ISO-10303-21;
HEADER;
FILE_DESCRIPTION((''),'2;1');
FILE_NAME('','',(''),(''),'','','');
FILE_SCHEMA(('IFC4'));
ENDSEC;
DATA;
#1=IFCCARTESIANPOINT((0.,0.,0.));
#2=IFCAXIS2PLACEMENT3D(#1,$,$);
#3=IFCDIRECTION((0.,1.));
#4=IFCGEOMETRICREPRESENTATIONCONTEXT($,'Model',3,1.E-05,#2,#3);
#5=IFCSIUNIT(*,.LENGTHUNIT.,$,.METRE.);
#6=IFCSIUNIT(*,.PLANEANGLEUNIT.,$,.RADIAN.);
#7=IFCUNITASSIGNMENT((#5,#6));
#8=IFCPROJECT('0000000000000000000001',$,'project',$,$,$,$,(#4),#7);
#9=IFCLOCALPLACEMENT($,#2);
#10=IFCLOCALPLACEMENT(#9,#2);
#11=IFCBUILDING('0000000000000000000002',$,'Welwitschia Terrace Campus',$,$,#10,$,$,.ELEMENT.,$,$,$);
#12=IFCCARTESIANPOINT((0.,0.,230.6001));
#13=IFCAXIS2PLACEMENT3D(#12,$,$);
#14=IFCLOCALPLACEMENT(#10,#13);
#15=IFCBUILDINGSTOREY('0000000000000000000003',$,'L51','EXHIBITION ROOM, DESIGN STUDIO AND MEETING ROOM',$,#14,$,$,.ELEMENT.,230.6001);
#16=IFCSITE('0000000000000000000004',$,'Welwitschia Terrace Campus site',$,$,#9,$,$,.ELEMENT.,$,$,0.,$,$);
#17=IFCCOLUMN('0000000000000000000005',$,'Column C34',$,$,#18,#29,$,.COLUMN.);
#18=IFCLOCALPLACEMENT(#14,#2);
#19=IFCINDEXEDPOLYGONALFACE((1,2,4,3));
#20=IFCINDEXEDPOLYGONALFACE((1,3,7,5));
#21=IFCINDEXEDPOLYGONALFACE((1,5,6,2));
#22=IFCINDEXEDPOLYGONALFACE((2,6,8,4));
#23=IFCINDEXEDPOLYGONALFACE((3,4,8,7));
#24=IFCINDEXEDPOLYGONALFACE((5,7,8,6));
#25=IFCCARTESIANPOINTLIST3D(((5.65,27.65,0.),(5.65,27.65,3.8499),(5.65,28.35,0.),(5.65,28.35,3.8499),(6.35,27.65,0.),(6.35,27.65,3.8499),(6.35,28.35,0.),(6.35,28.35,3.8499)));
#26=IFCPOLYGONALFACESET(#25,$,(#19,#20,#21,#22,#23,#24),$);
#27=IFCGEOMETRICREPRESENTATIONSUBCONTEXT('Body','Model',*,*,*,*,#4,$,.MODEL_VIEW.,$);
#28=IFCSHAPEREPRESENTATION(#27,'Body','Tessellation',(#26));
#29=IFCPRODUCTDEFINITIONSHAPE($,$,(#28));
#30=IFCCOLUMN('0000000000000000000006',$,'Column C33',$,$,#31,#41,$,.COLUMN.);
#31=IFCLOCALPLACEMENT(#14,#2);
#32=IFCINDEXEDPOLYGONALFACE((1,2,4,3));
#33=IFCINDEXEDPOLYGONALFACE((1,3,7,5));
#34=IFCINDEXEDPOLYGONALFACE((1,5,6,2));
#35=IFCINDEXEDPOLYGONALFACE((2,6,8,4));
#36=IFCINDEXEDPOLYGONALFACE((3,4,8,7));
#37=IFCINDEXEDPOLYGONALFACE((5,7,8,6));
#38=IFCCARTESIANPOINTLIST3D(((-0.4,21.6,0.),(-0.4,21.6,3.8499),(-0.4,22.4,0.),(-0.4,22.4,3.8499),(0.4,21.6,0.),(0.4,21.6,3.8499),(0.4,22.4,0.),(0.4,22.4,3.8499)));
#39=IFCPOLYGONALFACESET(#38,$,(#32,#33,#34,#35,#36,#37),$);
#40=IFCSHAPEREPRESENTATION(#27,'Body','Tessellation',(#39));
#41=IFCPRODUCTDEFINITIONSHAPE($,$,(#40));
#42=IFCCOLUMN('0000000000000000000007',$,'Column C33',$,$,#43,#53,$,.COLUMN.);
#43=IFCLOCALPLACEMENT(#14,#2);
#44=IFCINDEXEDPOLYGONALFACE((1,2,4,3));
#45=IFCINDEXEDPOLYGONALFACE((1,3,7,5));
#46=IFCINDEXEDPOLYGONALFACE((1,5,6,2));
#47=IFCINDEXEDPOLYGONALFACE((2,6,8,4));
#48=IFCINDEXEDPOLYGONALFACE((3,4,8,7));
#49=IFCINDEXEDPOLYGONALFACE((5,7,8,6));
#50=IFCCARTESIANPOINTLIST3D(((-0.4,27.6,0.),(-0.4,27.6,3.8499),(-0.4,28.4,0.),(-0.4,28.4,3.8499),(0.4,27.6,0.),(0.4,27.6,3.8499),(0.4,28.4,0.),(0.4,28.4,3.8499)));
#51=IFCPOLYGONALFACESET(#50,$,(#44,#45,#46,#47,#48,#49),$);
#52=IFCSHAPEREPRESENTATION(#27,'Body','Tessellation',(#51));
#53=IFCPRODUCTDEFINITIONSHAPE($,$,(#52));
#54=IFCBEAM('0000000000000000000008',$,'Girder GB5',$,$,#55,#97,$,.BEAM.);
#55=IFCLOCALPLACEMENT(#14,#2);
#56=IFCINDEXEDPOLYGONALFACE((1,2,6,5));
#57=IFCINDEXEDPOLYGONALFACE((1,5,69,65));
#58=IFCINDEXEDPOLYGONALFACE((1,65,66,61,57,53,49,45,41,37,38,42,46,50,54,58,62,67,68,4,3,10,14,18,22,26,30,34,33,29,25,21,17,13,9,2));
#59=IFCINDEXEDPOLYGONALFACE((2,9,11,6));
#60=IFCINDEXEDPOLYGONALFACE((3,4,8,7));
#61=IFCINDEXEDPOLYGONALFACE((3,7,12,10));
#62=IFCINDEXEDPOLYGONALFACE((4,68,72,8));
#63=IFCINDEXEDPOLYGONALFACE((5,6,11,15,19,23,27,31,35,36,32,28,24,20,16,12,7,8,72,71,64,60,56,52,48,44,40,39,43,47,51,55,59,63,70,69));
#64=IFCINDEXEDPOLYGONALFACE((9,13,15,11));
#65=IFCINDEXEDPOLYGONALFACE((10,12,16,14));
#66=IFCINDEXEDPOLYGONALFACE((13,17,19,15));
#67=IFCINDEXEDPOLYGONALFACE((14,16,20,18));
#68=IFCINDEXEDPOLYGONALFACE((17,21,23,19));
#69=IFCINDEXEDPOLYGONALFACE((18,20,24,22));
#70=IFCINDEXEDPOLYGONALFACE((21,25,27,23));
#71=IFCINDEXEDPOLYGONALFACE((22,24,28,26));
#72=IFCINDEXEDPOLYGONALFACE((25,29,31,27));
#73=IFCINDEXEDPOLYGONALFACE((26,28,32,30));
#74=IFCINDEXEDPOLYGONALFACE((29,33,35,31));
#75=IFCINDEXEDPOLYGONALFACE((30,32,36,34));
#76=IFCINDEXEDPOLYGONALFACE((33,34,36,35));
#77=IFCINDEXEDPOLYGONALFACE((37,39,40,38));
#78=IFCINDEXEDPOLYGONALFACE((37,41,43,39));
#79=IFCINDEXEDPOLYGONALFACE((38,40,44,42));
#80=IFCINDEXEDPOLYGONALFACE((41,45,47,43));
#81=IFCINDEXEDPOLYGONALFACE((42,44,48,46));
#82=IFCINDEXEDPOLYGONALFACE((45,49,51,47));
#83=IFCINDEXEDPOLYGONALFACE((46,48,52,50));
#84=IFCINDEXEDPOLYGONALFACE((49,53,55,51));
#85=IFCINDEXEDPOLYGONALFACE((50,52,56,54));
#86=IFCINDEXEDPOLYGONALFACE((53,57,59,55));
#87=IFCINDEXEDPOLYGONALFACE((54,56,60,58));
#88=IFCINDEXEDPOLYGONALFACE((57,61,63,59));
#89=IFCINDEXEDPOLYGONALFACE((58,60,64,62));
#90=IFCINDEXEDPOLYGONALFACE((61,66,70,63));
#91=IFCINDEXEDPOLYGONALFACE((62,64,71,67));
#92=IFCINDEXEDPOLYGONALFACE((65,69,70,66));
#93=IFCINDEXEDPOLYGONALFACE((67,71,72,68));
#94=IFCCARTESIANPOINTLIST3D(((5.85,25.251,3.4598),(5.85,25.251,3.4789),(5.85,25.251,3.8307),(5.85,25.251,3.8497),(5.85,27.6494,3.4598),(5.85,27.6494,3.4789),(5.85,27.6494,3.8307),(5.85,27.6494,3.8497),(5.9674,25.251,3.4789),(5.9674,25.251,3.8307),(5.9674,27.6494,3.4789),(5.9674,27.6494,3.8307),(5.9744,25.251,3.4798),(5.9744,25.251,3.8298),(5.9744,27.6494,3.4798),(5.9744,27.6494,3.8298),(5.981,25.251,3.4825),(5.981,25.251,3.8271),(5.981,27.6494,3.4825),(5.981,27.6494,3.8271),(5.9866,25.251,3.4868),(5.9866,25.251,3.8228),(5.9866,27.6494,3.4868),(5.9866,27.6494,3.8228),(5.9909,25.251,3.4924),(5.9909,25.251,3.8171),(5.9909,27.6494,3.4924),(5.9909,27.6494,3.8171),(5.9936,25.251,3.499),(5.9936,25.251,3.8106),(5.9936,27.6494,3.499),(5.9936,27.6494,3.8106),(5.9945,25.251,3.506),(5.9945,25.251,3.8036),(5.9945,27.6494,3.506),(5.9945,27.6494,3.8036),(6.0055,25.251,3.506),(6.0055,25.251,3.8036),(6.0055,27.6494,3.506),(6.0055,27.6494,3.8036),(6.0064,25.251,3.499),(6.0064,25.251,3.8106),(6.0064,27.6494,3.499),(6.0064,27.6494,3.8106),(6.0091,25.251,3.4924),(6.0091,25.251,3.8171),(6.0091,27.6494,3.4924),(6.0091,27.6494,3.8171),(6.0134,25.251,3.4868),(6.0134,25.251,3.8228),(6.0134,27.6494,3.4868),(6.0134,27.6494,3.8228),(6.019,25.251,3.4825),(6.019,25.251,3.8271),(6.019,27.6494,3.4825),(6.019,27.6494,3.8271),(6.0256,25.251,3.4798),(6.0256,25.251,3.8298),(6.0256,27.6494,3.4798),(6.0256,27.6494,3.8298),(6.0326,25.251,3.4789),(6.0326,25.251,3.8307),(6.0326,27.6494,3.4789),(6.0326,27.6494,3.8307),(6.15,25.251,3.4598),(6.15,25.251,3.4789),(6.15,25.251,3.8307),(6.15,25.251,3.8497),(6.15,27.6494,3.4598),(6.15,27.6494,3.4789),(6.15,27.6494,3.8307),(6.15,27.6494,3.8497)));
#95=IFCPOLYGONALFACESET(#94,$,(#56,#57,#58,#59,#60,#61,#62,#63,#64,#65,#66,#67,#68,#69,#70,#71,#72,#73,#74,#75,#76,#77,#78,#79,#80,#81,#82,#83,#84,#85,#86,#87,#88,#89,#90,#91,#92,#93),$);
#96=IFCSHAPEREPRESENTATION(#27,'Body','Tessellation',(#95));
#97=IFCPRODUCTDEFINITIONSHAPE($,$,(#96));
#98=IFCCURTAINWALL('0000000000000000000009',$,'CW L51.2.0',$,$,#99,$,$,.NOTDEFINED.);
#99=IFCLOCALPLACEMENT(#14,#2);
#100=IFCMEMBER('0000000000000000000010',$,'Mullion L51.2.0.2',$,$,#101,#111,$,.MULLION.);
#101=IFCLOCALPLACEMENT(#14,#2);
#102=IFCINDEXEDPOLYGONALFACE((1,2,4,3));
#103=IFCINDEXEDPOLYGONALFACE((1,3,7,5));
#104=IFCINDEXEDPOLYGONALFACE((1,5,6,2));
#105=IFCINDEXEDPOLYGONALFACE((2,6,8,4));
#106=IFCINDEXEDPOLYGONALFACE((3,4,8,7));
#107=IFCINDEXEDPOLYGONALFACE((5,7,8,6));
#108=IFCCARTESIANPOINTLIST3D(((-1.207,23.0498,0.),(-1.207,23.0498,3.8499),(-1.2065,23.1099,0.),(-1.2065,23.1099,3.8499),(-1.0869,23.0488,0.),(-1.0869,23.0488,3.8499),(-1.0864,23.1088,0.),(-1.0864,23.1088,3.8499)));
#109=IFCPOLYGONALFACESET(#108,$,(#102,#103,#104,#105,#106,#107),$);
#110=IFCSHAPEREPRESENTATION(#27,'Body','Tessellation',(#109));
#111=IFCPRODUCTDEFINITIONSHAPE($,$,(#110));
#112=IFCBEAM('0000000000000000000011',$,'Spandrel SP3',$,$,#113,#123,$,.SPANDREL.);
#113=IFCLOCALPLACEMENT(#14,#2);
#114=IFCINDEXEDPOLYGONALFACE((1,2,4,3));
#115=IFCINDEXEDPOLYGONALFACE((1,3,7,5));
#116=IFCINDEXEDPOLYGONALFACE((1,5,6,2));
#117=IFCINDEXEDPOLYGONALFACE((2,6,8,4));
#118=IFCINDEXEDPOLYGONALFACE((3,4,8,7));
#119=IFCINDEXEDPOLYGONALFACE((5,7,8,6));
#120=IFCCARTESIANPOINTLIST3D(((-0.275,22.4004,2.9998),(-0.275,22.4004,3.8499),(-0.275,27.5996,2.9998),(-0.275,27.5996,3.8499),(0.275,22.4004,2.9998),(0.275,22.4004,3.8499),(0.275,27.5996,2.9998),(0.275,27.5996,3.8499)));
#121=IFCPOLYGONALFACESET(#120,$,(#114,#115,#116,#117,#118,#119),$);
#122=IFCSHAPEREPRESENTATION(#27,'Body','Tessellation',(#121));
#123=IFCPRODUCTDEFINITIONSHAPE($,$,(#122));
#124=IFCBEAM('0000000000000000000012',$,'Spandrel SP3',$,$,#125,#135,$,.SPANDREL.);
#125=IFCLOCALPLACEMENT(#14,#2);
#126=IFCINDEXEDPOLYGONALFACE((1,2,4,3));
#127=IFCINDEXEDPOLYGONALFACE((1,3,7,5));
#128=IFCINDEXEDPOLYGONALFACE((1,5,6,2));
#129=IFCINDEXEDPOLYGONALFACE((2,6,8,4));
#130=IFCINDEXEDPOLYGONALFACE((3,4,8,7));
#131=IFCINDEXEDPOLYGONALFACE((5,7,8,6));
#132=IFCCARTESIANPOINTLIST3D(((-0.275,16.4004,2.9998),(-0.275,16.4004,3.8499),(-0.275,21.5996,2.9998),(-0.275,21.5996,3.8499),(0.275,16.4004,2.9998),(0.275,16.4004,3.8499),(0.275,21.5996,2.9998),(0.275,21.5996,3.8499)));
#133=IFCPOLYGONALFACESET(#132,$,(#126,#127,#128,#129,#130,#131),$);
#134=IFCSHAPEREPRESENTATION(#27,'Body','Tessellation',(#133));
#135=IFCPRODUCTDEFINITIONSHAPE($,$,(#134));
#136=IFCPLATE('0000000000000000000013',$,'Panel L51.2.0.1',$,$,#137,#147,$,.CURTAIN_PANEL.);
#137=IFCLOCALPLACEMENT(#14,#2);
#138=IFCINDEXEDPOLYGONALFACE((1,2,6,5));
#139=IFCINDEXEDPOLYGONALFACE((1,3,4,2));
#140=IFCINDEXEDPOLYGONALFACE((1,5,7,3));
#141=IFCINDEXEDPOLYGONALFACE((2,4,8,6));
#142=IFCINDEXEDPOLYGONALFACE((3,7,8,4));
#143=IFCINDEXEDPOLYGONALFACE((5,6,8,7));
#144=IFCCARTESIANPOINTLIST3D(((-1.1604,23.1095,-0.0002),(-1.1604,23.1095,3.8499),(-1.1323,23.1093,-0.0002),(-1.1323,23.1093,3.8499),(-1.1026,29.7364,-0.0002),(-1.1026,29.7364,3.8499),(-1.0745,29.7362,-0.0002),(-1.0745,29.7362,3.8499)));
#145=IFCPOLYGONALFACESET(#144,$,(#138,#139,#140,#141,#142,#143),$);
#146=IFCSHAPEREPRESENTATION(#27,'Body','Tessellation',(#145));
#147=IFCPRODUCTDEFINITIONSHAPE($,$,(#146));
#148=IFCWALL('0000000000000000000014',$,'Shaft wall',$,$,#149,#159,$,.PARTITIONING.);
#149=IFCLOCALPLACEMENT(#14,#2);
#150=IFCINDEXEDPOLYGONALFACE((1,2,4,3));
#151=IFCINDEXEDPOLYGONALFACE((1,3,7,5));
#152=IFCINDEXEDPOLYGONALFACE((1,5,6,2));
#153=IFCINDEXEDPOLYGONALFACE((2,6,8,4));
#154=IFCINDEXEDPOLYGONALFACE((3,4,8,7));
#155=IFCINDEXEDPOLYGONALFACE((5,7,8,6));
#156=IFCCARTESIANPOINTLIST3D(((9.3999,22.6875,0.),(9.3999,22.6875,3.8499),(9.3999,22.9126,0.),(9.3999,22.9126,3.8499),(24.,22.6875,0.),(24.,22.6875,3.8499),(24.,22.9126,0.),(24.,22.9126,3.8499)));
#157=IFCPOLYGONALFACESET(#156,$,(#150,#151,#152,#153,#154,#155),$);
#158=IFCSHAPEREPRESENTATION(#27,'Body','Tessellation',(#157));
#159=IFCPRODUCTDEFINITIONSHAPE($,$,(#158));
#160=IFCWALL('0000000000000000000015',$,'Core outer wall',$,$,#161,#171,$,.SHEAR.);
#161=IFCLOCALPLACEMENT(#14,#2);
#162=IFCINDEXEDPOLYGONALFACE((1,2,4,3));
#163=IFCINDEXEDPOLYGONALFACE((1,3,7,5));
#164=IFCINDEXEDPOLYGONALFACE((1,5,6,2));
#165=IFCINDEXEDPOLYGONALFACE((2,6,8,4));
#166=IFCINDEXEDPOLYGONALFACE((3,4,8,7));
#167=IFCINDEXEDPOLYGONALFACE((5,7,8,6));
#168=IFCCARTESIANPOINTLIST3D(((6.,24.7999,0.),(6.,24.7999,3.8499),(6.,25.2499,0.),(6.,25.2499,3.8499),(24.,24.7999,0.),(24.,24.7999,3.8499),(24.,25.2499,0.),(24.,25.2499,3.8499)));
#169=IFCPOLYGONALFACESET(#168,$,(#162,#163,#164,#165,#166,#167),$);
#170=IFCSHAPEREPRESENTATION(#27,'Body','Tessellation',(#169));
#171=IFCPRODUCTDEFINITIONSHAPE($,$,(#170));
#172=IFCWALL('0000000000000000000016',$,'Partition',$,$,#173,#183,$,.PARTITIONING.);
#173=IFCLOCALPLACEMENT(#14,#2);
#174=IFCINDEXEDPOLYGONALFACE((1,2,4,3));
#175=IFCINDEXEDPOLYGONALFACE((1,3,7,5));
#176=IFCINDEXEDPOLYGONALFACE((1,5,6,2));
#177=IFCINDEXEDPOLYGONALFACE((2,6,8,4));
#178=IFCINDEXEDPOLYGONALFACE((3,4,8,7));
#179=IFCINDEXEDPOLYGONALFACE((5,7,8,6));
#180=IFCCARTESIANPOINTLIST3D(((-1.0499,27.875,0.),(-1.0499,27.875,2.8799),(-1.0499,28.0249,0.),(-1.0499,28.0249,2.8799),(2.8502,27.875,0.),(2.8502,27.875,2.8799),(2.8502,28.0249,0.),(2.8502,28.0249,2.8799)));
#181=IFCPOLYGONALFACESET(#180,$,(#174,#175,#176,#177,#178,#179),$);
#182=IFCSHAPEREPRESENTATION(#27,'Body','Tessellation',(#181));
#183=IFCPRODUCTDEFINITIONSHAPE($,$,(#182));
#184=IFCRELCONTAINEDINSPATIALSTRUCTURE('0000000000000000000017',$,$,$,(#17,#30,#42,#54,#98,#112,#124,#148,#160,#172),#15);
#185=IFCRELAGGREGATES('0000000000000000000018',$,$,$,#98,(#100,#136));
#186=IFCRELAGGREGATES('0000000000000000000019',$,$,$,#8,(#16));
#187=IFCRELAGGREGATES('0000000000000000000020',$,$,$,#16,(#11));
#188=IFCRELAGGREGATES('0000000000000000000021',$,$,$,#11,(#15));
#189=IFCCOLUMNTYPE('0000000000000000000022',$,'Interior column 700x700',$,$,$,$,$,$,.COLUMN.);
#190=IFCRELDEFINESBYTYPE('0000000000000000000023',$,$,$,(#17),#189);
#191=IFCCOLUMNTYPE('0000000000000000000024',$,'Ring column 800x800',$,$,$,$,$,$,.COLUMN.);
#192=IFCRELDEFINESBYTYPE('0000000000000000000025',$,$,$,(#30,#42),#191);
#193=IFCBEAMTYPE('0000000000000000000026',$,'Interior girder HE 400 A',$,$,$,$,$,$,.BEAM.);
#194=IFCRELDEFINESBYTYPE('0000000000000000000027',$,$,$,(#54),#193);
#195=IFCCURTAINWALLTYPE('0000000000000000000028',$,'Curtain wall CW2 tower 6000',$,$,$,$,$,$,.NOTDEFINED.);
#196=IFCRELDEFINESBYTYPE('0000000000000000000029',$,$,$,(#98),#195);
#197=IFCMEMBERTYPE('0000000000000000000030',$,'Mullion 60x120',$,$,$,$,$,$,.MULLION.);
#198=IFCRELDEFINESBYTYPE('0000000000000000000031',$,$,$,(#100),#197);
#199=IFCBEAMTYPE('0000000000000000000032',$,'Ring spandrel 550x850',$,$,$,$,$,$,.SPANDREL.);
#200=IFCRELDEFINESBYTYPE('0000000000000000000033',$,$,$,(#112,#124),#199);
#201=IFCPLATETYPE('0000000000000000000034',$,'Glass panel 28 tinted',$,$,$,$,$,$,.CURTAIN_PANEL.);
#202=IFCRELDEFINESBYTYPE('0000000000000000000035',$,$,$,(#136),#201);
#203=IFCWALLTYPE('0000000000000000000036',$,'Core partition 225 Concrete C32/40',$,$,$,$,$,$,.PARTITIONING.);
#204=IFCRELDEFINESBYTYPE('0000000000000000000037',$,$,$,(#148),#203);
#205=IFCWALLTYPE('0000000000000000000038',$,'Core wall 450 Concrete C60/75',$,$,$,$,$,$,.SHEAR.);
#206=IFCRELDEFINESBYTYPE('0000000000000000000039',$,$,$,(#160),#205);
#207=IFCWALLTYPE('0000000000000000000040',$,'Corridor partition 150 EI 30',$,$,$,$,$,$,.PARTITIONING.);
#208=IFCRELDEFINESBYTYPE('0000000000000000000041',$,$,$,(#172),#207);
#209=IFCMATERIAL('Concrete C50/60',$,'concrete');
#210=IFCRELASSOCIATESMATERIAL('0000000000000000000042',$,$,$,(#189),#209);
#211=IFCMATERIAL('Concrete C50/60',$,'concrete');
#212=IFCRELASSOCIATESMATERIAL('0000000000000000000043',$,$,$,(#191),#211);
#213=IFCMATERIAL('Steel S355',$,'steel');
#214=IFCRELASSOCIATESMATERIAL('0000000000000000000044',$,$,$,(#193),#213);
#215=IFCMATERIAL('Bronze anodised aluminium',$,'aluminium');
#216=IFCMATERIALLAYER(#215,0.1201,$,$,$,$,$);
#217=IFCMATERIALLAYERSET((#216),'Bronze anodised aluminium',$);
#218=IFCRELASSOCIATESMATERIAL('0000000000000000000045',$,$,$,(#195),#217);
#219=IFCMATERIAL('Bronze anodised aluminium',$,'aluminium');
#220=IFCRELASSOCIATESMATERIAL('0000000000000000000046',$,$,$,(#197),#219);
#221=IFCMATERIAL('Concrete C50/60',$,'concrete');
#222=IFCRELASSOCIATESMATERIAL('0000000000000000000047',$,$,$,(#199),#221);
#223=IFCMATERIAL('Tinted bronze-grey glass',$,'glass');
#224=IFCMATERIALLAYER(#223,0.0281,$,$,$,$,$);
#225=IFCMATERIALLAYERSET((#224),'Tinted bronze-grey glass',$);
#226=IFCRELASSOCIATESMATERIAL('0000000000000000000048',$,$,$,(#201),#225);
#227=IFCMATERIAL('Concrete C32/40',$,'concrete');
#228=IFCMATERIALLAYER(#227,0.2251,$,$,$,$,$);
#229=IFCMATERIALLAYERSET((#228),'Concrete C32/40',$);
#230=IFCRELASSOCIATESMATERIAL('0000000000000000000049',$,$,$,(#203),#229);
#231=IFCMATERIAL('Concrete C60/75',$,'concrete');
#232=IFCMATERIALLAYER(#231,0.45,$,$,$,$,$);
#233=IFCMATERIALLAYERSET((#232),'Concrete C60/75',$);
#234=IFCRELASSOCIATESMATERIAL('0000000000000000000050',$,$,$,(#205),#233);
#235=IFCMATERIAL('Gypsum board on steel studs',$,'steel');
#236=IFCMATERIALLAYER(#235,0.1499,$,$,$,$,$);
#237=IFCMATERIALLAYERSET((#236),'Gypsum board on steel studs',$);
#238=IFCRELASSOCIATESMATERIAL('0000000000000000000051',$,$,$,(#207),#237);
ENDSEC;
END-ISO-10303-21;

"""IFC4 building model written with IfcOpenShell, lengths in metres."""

from ifc_helpers import new_model, si_unit, direction, frame, frame_2d, origin, origin_2d, place, context, subcontext, project, spatial, rectangle, i_section, extrude, material, layer, layer_set, material_profile, profile_set, type_object, element, aggregate, save


model = new_model("IFC4")

# Units and contexts
model_context = context("Model", 3, precision=1e-05, world=origin(), true_north=direction((0.0, 1.0)))
body_context = subcontext(model_context, "Body", "Model", "MODEL_VIEW")
ifc_project = project(units=[si_unit("LENGTHUNIT", "METRE"), si_unit("PLANEANGLEUNIT", "RADIAN")], contexts=[model_context])

# Site, building, storey
site_placement = place(None, origin())
site = spatial("IfcSite", under=ifc_project, at=site_placement, Name="Welwitschia Terrace Campus site", CompositionType="ELEMENT", RefElevation=0.0)
building_placement = place(site_placement, origin())
building = spatial("IfcBuilding", under=site, at=building_placement, Name="Welwitschia Terrace Campus", CompositionType="ELEMENT")
storey_placement = place(building_placement, frame((0.0, 0.0, 230.6001)))
storey = spatial("IfcBuildingStorey", under=building, at=storey_placement, Name="L51", Description="EXHIBITION ROOM, DESIGN STUDIO AND MEETING ROOM", CompositionType="ELEMENT", Elevation=230.6001)

# Columns
ifc_material_1 = material(Name="Concrete C50/60", Category="concrete")
ifc_material_profile_1 = material_profile(ifc_material_1, rectangle(XDim=0.7, YDim=0.7, at=origin_2d()))
ifc_profile_set_1 = profile_set([ifc_material_profile_1], Name="Concrete C50/60")
column_type_1 = type_object("IfcColumnType", Name="Interior column 700x700", PredefinedType="COLUMN", material=ifc_profile_set_1)
column_placement = place(storey_placement, frame((6.0, 28.0, 0.0), z_axis=(0.0, 0.0, 1.0), x_axis=(1.0, 0.0, 0.0)))
element("IfcColumn", 1, at=column_placement, inside=storey, type_object=column_type_1, Name="Column C34", PredefinedType="COLUMN", context=body_context, shape_type="SweptSolid", body=[
    extrude(rectangle(XDim=0.7, YDim=0.7, at=origin_2d()), origin(), (0.0, 0.0, 1.0), 3.8499),
])
ifc_material_2 = material(Name="Concrete C50/60", Category="concrete")
ifc_material_profile_2 = material_profile(ifc_material_2, rectangle(XDim=0.8, YDim=0.8, at=origin_2d()))
ifc_profile_set_2 = profile_set([ifc_material_profile_2], Name="Concrete C50/60")
column_type_2 = type_object("IfcColumnType", Name="Ring column 800x800", PredefinedType="COLUMN", material=ifc_profile_set_2)
for number, where, z_axis, x_axis, name in (
    (2, (0.0, 22.0, 0.0), (0.0, 0.0, 1.0), (1.0, 0.0, 0.0), "Column C33"),
    (3, (0.0, 28.0, 0.0), (0.0, 0.0, 1.0), (1.0, 0.0, 0.0), "Column C33"),
):
    element("IfcColumn", number, at=place(storey_placement, frame(where, z_axis=z_axis, x_axis=x_axis)), inside=storey, type_object=column_type_2, Name=name, PredefinedType="COLUMN", context=body_context, shape_type="SweptSolid", body=[
        extrude(rectangle(XDim=0.8, YDim=0.8, at=origin_2d()), origin(), (0.0, 0.0, 1.0), 3.8499),
    ])

# Beam
ifc_material_3 = material(Name="Steel S355", Category="steel")
ifc_material_profile_3 = material_profile(ifc_material_3, i_section(OverallWidth=0.3, OverallDepth=0.3899, WebThickness=0.011, FlangeThickness=0.019, FilletRadius=0.0271, at=origin_2d()))
ifc_profile_set_3 = profile_set([ifc_material_profile_3], Name="Steel S355")
beam_type_1 = type_object("IfcBeamType", Name="Interior girder HE 400 A", PredefinedType="BEAM", material=ifc_profile_set_3)
beam_placement = place(storey_placement, frame((6.0, 25.251, 3.6548), z_axis=(0.0, 1.0, 0.0), x_axis=(-1.0, 0.0, 0.0)))
element("IfcBeam", 4, at=beam_placement, inside=storey, type_object=beam_type_1, Name="Girder GB5", PredefinedType="BEAM", context=body_context, shape_type="SweptSolid", body=[
    extrude(i_section(OverallWidth=0.3, OverallDepth=0.3899, WebThickness=0.011, FlangeThickness=0.019, FilletRadius=0.0271, at=origin_2d()), origin(), (0.0, 0.0, 1.0), 2.3984),
])

# Curtain wall, member
ifc_material_4 = material(Name="Bronze anodised aluminium", Category="aluminium")
ifc_layer_1 = layer(ifc_material_4, 0.1201)
ifc_layer_set_1 = layer_set([ifc_layer_1], Name="Bronze anodised aluminium")
curtain_wall_type = type_object("IfcCurtainWallType", Name="Curtain wall CW2 tower 6000", PredefinedType="NOTDEFINED", material=ifc_layer_set_1)
curtain_wall_placement = place(storey_placement, origin())
curtain_wall = element("IfcCurtainWall", 5, at=curtain_wall_placement, inside=storey, type_object=curtain_wall_type, Name="CW L51.2.0", PredefinedType="NOTDEFINED")
ifc_material_5 = material(Name="Bronze anodised aluminium", Category="aluminium")
ifc_material_profile_4 = material_profile(ifc_material_5, rectangle(XDim=0.1201, YDim=0.0601, at=origin_2d()))
ifc_profile_set_4 = profile_set([ifc_material_profile_4], Name="Bronze anodised aluminium")
member_type = type_object("IfcMemberType", Name="Mullion 60x120", PredefinedType="MULLION", material=ifc_profile_set_4)
member_placement = place(storey_placement, frame((-1.1467, 23.0793, 0.0), z_axis=(0.0, 0.0, 1.0), x_axis=(0.999962, -0.008727, 0.0)))
member = element("IfcMember", 6, at=member_placement, type_object=member_type, Name="Mullion L51.2.0.2", PredefinedType="MULLION", context=body_context, shape_type="SweptSolid", body=[
    extrude(rectangle(XDim=0.1201, YDim=0.0601, at=origin_2d()), origin(), (0.0, 0.0, 1.0), 3.8499),
])

# Beams
ifc_material_6 = material(Name="Concrete C50/60", Category="concrete")
ifc_material_profile_5 = material_profile(ifc_material_6, rectangle(XDim=0.55, YDim=0.8501, at=origin_2d()))
ifc_profile_set_5 = profile_set([ifc_material_profile_5], Name="Concrete C50/60")
beam_type_2 = type_object("IfcBeamType", Name="Ring spandrel 550x850", PredefinedType="SPANDREL", material=ifc_profile_set_5)
for number, where, z_axis, x_axis, name in (
    (7, (0.0, 27.5996, 3.4248), (0.0, -1.0, 0.0), (1.0, 0.0, 0.0), "Spandrel SP3"),
    (8, (0.0, 21.5996, 3.4248), (0.0, -1.0, 0.0), (1.0, 0.0, 0.0), "Spandrel SP3"),
):
    element("IfcBeam", number, at=place(storey_placement, frame(where, z_axis=z_axis, x_axis=x_axis)), inside=storey, type_object=beam_type_2, Name=name, PredefinedType="SPANDREL", context=body_context, shape_type="SweptSolid", body=[
        extrude(rectangle(XDim=0.55, YDim=0.8501, at=origin_2d()), origin(), (0.0, 0.0, 1.0), 5.1992),
    ])

# Plate
ifc_material_7 = material(Name="Tinted bronze-grey glass", Category="glass")
ifc_layer_2 = layer(ifc_material_7, 0.0281)
ifc_layer_set_2 = layer_set([ifc_layer_2], Name="Tinted bronze-grey glass")
plate_type = type_object("IfcPlateType", Name="Glass panel 28 tinted", PredefinedType="CURTAIN_PANEL", material=ifc_layer_set_2)
plate_placement = place(storey_placement, frame((-1.1174, 26.4229, -0.0002), z_axis=(0.0, 0.0, 1.0), x_axis=(-0.008727, -0.999962, 0.0)))
plate = element("IfcPlate", 9, at=plate_placement, type_object=plate_type, Name="Panel L51.2.0.1", PredefinedType="CURTAIN_PANEL", context=body_context, shape_type="SweptSolid", body=[
    extrude(rectangle(XDim=6.6272, YDim=0.0281, at=origin_2d()), origin(), (0.0, 0.0, 1.0), 3.8501),
])
aggregate(curtain_wall, [member, plate])

# Walls
ifc_material_8 = material(Name="Concrete C32/40", Category="concrete")
ifc_layer_3 = layer(ifc_material_8, 0.2251)
ifc_layer_set_3 = layer_set([ifc_layer_3], Name="Concrete C32/40")
wall_type_1 = type_object("IfcWallType", Name="Core partition 225 Concrete C32/40", PredefinedType="PARTITIONING", material=ifc_layer_set_3)
wall_1_placement = place(storey_placement, frame((9.3999, 22.8, 0.0), z_axis=(0.0, 0.0, 1.0), x_axis=(1.0, 0.0, 0.0)))
element("IfcWall", 10, at=wall_1_placement, inside=storey, type_object=wall_type_1, Name="Shaft wall", PredefinedType="PARTITIONING", context=body_context, shape_type="SweptSolid", body=[
    extrude(rectangle(XDim=14.6001, YDim=0.2251, at=frame_2d((7.3, 0.0))), origin(), (0.0, 0.0, 1.0), 3.8499),
])
ifc_material_9 = material(Name="Concrete C60/75", Category="concrete")
ifc_layer_4 = layer(ifc_material_9, 0.45)
ifc_layer_set_4 = layer_set([ifc_layer_4], Name="Concrete C60/75")
wall_type_2 = type_object("IfcWallType", Name="Core wall 450 Concrete C60/75", PredefinedType="SHEAR", material=ifc_layer_set_4)
wall_2_placement = place(storey_placement, frame((6.0, 25.0249, 0.0), z_axis=(0.0, 0.0, 1.0), x_axis=(1.0, 0.0, 0.0)))
element("IfcWall", 11, at=wall_2_placement, inside=storey, type_object=wall_type_2, Name="Core outer wall", PredefinedType="SHEAR", context=body_context, shape_type="SweptSolid", body=[
    extrude(rectangle(XDim=18.0, YDim=0.45, at=frame_2d((9.0, 0.0))), origin(), (0.0, 0.0, 1.0), 3.8499),
])
ifc_material_10 = material(Name="Gypsum board on steel studs", Category="steel")
ifc_layer_5 = layer(ifc_material_10, 0.1499)
ifc_layer_set_5 = layer_set([ifc_layer_5], Name="Gypsum board on steel studs")
wall_type_3 = type_object("IfcWallType", Name="Corridor partition 150 EI 30", PredefinedType="PARTITIONING", material=ifc_layer_set_5)
wall_3_placement = place(storey_placement, frame((-1.05, 27.95, 0.0), z_axis=(0.0, 0.0, 1.0), x_axis=(1.0, 0.0, 0.0)))
element("IfcWall", 12, at=wall_3_placement, inside=storey, type_object=wall_type_3, Name="Partition", PredefinedType="PARTITIONING", context=body_context, shape_type="SweptSolid", body=[
    extrude(rectangle(XDim=3.9001, YDim=0.1499, at=frame_2d((1.9502, 0.0))), origin(), (0.0, 0.0, 1.0), 2.8799),
])

save(model, "model.ifc")
